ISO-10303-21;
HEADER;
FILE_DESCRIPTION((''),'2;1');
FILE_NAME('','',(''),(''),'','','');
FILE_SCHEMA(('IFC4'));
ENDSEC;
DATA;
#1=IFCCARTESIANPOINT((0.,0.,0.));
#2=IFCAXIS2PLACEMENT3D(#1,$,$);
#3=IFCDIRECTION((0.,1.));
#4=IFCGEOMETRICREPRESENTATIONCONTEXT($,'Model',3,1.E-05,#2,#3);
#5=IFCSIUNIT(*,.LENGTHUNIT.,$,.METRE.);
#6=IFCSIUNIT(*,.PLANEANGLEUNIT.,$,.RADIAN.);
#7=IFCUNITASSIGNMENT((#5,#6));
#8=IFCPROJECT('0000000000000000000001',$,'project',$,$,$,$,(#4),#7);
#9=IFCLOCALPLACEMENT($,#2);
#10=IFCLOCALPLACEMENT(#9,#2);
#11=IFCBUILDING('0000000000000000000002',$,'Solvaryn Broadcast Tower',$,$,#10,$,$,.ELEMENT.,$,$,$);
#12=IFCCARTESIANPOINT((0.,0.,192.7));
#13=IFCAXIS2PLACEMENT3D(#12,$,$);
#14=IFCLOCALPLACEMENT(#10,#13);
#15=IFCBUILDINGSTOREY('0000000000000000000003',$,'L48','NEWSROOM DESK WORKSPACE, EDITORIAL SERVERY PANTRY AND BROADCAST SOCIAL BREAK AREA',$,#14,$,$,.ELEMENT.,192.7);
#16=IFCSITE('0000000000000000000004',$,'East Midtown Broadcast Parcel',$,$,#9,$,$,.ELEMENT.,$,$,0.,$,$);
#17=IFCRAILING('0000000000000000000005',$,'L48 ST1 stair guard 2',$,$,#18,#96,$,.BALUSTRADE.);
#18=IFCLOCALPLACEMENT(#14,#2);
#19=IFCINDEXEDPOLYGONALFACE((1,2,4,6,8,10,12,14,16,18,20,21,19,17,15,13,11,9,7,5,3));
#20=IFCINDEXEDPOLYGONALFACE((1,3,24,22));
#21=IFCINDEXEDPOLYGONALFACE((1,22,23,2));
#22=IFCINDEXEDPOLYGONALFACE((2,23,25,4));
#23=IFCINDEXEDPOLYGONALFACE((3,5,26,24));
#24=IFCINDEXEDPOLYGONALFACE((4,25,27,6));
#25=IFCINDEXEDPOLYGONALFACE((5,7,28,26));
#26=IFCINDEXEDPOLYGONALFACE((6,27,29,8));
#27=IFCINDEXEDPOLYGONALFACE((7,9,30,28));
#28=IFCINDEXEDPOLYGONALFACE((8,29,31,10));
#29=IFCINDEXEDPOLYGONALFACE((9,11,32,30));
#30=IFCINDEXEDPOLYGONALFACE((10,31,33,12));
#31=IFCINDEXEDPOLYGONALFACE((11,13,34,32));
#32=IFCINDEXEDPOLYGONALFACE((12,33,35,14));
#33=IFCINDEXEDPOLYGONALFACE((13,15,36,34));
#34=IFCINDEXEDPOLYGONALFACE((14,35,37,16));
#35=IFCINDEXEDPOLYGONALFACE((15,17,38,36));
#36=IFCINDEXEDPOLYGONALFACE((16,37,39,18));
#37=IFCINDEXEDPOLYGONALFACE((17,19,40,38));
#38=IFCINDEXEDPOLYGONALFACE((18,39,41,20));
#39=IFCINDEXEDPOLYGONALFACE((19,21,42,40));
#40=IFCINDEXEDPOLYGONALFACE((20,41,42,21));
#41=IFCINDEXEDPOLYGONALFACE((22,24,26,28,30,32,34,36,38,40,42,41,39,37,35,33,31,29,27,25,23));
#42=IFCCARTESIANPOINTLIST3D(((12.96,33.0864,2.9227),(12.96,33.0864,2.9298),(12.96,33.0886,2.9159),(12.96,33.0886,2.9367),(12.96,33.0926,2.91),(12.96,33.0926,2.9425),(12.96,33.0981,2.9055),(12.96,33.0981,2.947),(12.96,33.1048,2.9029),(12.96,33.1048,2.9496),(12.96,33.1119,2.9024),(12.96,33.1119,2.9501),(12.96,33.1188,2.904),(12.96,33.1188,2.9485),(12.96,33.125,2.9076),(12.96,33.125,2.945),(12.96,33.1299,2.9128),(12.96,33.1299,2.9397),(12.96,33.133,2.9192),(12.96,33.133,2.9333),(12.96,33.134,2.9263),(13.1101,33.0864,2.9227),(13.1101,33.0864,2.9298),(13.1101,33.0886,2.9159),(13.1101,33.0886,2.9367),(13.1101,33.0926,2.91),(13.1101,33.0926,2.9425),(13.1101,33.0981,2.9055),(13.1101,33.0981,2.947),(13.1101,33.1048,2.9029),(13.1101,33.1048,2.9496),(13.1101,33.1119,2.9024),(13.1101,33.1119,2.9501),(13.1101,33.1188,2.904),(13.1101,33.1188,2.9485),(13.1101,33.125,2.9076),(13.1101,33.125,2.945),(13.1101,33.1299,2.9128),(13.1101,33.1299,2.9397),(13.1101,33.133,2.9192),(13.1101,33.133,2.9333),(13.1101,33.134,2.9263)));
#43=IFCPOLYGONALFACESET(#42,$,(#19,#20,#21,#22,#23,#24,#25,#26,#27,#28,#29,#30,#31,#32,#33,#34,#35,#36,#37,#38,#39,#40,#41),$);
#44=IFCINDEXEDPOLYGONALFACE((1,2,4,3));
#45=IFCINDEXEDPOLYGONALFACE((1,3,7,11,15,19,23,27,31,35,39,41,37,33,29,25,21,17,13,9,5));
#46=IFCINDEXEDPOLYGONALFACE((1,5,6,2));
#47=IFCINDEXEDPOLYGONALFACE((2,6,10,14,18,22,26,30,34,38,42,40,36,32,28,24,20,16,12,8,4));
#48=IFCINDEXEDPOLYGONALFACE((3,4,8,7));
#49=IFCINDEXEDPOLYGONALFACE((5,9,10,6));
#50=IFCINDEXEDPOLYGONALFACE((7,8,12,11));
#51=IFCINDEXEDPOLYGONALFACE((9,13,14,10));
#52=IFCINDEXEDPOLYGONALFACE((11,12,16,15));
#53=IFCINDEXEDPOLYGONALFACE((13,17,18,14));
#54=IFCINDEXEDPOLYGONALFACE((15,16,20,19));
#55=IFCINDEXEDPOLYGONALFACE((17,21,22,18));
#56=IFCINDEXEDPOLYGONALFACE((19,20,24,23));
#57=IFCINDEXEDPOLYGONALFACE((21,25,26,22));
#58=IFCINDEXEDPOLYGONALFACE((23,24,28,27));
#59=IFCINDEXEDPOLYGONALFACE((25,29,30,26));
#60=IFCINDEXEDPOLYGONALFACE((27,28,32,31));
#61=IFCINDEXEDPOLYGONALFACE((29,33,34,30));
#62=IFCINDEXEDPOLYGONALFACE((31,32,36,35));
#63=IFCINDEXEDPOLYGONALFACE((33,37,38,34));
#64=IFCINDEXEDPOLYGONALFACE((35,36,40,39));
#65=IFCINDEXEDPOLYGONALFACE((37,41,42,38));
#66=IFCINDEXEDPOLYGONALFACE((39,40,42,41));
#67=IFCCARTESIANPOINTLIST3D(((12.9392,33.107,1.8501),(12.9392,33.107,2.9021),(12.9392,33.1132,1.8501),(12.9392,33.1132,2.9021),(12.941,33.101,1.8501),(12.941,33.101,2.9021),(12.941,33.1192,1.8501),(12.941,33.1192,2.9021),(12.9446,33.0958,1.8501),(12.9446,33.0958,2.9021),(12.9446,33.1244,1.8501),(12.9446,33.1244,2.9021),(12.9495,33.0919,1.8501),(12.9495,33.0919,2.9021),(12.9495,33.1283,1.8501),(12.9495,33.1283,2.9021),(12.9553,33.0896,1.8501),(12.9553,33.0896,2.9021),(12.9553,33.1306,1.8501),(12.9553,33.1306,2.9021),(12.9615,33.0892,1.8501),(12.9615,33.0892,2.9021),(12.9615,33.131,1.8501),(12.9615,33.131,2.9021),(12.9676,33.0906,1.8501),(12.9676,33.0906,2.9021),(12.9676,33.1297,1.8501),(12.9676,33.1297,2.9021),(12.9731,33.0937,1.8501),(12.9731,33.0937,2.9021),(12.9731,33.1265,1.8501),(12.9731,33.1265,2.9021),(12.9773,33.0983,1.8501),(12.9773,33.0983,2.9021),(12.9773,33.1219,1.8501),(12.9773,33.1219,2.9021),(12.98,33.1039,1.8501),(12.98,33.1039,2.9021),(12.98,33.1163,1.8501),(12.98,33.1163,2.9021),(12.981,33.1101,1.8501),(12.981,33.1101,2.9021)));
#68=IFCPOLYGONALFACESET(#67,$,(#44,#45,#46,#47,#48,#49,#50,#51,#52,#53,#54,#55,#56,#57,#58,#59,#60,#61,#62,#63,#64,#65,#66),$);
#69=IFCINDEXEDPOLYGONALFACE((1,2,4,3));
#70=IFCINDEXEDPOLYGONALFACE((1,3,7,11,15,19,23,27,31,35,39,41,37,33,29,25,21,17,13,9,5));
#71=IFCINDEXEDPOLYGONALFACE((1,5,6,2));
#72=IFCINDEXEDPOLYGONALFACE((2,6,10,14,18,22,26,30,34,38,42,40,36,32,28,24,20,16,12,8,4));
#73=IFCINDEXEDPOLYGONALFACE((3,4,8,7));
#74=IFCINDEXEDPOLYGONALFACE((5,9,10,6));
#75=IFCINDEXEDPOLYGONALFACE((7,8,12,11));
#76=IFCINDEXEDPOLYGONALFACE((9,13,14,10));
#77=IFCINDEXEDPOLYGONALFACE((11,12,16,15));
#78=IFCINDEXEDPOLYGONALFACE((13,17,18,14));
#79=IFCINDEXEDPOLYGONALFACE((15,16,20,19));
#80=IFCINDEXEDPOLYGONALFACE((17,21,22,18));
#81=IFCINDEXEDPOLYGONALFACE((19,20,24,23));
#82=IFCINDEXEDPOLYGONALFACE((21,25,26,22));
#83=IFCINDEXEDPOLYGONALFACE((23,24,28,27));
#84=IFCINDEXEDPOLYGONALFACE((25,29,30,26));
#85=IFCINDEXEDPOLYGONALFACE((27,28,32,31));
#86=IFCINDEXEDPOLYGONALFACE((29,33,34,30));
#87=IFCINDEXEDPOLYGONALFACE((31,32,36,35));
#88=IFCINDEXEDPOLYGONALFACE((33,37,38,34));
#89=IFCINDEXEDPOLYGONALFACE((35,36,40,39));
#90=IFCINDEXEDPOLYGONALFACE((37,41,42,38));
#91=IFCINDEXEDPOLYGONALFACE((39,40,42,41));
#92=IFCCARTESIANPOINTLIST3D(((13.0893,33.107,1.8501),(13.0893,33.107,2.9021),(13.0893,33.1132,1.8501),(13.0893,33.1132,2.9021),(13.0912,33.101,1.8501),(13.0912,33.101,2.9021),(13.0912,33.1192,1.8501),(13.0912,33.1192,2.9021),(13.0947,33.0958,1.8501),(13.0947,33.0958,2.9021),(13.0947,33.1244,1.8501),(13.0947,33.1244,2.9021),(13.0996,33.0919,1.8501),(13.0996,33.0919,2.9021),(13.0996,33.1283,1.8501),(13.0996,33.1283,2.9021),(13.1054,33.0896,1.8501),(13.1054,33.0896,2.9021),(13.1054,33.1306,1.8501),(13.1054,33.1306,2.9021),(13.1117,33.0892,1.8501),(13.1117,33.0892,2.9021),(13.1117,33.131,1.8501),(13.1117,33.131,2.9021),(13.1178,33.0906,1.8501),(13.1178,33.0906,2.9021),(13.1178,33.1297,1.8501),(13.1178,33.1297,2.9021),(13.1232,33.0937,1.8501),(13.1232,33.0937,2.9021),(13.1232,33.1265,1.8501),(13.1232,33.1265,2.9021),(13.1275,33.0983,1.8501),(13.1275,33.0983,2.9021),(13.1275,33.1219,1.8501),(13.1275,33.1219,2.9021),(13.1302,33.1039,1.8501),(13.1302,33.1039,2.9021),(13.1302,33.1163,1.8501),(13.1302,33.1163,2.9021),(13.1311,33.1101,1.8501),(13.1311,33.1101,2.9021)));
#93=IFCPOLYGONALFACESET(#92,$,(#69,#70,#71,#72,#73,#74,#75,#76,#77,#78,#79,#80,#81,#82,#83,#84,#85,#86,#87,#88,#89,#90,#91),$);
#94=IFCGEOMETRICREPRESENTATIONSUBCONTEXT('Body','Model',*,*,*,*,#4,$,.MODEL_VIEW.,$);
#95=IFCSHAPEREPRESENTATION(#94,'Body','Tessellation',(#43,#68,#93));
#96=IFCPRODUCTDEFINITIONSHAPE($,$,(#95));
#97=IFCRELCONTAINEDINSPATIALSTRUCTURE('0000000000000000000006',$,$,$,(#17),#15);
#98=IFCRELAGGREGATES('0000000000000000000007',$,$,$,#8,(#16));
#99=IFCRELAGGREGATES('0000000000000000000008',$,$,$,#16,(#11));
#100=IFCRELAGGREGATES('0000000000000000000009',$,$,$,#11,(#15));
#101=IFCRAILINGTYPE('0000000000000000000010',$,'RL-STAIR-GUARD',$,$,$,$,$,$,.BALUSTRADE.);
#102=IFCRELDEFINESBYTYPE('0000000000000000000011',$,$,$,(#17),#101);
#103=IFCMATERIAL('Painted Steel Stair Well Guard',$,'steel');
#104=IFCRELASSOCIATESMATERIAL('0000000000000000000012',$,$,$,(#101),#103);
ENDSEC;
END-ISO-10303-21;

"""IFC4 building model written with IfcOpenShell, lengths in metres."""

from ifc_helpers import new_model, si_unit, direction, frame, origin, origin_2d, place, context, subcontext, project, spatial, circle, extrude, material, type_object, element, save


model = new_model("IFC4")

# Units and contexts
model_context = context("Model", 3, precision=1e-05, world=origin(), true_north=direction((0.0, 1.0)))
body_context = subcontext(model_context, "Body", "Model", "MODEL_VIEW")
ifc_project = project(units=[si_unit("LENGTHUNIT", "METRE"), si_unit("PLANEANGLEUNIT", "RADIAN")], contexts=[model_context])

# Site, building, storey
site_placement = place(None, origin())
site = spatial("IfcSite", under=ifc_project, at=site_placement, Name="East Midtown Broadcast Parcel", CompositionType="ELEMENT", RefElevation=0.0)
building_placement = place(site_placement, origin())
building = spatial("IfcBuilding", under=site, at=building_placement, Name="Solvaryn Broadcast Tower", CompositionType="ELEMENT")
storey_placement = place(building_placement, frame((0.0, 0.0, 192.7)))
storey = spatial("IfcBuildingStorey", under=building, at=storey_placement, Name="L48", Description="NEWSROOM DESK WORKSPACE, EDITORIAL SERVERY PANTRY AND BROADCAST SOCIAL BREAK AREA", CompositionType="ELEMENT", Elevation=192.7)

# Railing
ifc_material_1 = material(Name="Painted Steel Stair Well Guard", Category="steel")
railing_type_1 = type_object("IfcRailingType", Name="RL-STAIR-GUARD", PredefinedType="BALUSTRADE", material=ifc_material_1)
railing_1_placement = place(storey_placement, frame((12.96, 33.1101, 1.8501)))
element("IfcRailing", 1, at=railing_1_placement, inside=storey, type_object=railing_type_1, Name="L48 ST1 stair guard 2", PredefinedType="BALUSTRADE", context=body_context, shape_type="SweptSolid", body=[
    extrude(circle(Radius=0.0239, at=origin_2d()), frame((0.0, 0.0, 1.0762), z_axis=(1.0, 0.0, 0.0), x_axis=(0.0, 1.0, 0.0)), (0.0, 0.0, 1.0), 0.1501),
    extrude(circle(Radius=0.021, at=origin_2d()), origin(), (0.0, 0.0, 1.0), 1.052),
    extrude(circle(Radius=0.021, at=origin_2d()), frame((0.1501, 0.0, 0.0)), (0.0, 0.0, 1.0), 1.052),
])

save(model, "model.ifc")
